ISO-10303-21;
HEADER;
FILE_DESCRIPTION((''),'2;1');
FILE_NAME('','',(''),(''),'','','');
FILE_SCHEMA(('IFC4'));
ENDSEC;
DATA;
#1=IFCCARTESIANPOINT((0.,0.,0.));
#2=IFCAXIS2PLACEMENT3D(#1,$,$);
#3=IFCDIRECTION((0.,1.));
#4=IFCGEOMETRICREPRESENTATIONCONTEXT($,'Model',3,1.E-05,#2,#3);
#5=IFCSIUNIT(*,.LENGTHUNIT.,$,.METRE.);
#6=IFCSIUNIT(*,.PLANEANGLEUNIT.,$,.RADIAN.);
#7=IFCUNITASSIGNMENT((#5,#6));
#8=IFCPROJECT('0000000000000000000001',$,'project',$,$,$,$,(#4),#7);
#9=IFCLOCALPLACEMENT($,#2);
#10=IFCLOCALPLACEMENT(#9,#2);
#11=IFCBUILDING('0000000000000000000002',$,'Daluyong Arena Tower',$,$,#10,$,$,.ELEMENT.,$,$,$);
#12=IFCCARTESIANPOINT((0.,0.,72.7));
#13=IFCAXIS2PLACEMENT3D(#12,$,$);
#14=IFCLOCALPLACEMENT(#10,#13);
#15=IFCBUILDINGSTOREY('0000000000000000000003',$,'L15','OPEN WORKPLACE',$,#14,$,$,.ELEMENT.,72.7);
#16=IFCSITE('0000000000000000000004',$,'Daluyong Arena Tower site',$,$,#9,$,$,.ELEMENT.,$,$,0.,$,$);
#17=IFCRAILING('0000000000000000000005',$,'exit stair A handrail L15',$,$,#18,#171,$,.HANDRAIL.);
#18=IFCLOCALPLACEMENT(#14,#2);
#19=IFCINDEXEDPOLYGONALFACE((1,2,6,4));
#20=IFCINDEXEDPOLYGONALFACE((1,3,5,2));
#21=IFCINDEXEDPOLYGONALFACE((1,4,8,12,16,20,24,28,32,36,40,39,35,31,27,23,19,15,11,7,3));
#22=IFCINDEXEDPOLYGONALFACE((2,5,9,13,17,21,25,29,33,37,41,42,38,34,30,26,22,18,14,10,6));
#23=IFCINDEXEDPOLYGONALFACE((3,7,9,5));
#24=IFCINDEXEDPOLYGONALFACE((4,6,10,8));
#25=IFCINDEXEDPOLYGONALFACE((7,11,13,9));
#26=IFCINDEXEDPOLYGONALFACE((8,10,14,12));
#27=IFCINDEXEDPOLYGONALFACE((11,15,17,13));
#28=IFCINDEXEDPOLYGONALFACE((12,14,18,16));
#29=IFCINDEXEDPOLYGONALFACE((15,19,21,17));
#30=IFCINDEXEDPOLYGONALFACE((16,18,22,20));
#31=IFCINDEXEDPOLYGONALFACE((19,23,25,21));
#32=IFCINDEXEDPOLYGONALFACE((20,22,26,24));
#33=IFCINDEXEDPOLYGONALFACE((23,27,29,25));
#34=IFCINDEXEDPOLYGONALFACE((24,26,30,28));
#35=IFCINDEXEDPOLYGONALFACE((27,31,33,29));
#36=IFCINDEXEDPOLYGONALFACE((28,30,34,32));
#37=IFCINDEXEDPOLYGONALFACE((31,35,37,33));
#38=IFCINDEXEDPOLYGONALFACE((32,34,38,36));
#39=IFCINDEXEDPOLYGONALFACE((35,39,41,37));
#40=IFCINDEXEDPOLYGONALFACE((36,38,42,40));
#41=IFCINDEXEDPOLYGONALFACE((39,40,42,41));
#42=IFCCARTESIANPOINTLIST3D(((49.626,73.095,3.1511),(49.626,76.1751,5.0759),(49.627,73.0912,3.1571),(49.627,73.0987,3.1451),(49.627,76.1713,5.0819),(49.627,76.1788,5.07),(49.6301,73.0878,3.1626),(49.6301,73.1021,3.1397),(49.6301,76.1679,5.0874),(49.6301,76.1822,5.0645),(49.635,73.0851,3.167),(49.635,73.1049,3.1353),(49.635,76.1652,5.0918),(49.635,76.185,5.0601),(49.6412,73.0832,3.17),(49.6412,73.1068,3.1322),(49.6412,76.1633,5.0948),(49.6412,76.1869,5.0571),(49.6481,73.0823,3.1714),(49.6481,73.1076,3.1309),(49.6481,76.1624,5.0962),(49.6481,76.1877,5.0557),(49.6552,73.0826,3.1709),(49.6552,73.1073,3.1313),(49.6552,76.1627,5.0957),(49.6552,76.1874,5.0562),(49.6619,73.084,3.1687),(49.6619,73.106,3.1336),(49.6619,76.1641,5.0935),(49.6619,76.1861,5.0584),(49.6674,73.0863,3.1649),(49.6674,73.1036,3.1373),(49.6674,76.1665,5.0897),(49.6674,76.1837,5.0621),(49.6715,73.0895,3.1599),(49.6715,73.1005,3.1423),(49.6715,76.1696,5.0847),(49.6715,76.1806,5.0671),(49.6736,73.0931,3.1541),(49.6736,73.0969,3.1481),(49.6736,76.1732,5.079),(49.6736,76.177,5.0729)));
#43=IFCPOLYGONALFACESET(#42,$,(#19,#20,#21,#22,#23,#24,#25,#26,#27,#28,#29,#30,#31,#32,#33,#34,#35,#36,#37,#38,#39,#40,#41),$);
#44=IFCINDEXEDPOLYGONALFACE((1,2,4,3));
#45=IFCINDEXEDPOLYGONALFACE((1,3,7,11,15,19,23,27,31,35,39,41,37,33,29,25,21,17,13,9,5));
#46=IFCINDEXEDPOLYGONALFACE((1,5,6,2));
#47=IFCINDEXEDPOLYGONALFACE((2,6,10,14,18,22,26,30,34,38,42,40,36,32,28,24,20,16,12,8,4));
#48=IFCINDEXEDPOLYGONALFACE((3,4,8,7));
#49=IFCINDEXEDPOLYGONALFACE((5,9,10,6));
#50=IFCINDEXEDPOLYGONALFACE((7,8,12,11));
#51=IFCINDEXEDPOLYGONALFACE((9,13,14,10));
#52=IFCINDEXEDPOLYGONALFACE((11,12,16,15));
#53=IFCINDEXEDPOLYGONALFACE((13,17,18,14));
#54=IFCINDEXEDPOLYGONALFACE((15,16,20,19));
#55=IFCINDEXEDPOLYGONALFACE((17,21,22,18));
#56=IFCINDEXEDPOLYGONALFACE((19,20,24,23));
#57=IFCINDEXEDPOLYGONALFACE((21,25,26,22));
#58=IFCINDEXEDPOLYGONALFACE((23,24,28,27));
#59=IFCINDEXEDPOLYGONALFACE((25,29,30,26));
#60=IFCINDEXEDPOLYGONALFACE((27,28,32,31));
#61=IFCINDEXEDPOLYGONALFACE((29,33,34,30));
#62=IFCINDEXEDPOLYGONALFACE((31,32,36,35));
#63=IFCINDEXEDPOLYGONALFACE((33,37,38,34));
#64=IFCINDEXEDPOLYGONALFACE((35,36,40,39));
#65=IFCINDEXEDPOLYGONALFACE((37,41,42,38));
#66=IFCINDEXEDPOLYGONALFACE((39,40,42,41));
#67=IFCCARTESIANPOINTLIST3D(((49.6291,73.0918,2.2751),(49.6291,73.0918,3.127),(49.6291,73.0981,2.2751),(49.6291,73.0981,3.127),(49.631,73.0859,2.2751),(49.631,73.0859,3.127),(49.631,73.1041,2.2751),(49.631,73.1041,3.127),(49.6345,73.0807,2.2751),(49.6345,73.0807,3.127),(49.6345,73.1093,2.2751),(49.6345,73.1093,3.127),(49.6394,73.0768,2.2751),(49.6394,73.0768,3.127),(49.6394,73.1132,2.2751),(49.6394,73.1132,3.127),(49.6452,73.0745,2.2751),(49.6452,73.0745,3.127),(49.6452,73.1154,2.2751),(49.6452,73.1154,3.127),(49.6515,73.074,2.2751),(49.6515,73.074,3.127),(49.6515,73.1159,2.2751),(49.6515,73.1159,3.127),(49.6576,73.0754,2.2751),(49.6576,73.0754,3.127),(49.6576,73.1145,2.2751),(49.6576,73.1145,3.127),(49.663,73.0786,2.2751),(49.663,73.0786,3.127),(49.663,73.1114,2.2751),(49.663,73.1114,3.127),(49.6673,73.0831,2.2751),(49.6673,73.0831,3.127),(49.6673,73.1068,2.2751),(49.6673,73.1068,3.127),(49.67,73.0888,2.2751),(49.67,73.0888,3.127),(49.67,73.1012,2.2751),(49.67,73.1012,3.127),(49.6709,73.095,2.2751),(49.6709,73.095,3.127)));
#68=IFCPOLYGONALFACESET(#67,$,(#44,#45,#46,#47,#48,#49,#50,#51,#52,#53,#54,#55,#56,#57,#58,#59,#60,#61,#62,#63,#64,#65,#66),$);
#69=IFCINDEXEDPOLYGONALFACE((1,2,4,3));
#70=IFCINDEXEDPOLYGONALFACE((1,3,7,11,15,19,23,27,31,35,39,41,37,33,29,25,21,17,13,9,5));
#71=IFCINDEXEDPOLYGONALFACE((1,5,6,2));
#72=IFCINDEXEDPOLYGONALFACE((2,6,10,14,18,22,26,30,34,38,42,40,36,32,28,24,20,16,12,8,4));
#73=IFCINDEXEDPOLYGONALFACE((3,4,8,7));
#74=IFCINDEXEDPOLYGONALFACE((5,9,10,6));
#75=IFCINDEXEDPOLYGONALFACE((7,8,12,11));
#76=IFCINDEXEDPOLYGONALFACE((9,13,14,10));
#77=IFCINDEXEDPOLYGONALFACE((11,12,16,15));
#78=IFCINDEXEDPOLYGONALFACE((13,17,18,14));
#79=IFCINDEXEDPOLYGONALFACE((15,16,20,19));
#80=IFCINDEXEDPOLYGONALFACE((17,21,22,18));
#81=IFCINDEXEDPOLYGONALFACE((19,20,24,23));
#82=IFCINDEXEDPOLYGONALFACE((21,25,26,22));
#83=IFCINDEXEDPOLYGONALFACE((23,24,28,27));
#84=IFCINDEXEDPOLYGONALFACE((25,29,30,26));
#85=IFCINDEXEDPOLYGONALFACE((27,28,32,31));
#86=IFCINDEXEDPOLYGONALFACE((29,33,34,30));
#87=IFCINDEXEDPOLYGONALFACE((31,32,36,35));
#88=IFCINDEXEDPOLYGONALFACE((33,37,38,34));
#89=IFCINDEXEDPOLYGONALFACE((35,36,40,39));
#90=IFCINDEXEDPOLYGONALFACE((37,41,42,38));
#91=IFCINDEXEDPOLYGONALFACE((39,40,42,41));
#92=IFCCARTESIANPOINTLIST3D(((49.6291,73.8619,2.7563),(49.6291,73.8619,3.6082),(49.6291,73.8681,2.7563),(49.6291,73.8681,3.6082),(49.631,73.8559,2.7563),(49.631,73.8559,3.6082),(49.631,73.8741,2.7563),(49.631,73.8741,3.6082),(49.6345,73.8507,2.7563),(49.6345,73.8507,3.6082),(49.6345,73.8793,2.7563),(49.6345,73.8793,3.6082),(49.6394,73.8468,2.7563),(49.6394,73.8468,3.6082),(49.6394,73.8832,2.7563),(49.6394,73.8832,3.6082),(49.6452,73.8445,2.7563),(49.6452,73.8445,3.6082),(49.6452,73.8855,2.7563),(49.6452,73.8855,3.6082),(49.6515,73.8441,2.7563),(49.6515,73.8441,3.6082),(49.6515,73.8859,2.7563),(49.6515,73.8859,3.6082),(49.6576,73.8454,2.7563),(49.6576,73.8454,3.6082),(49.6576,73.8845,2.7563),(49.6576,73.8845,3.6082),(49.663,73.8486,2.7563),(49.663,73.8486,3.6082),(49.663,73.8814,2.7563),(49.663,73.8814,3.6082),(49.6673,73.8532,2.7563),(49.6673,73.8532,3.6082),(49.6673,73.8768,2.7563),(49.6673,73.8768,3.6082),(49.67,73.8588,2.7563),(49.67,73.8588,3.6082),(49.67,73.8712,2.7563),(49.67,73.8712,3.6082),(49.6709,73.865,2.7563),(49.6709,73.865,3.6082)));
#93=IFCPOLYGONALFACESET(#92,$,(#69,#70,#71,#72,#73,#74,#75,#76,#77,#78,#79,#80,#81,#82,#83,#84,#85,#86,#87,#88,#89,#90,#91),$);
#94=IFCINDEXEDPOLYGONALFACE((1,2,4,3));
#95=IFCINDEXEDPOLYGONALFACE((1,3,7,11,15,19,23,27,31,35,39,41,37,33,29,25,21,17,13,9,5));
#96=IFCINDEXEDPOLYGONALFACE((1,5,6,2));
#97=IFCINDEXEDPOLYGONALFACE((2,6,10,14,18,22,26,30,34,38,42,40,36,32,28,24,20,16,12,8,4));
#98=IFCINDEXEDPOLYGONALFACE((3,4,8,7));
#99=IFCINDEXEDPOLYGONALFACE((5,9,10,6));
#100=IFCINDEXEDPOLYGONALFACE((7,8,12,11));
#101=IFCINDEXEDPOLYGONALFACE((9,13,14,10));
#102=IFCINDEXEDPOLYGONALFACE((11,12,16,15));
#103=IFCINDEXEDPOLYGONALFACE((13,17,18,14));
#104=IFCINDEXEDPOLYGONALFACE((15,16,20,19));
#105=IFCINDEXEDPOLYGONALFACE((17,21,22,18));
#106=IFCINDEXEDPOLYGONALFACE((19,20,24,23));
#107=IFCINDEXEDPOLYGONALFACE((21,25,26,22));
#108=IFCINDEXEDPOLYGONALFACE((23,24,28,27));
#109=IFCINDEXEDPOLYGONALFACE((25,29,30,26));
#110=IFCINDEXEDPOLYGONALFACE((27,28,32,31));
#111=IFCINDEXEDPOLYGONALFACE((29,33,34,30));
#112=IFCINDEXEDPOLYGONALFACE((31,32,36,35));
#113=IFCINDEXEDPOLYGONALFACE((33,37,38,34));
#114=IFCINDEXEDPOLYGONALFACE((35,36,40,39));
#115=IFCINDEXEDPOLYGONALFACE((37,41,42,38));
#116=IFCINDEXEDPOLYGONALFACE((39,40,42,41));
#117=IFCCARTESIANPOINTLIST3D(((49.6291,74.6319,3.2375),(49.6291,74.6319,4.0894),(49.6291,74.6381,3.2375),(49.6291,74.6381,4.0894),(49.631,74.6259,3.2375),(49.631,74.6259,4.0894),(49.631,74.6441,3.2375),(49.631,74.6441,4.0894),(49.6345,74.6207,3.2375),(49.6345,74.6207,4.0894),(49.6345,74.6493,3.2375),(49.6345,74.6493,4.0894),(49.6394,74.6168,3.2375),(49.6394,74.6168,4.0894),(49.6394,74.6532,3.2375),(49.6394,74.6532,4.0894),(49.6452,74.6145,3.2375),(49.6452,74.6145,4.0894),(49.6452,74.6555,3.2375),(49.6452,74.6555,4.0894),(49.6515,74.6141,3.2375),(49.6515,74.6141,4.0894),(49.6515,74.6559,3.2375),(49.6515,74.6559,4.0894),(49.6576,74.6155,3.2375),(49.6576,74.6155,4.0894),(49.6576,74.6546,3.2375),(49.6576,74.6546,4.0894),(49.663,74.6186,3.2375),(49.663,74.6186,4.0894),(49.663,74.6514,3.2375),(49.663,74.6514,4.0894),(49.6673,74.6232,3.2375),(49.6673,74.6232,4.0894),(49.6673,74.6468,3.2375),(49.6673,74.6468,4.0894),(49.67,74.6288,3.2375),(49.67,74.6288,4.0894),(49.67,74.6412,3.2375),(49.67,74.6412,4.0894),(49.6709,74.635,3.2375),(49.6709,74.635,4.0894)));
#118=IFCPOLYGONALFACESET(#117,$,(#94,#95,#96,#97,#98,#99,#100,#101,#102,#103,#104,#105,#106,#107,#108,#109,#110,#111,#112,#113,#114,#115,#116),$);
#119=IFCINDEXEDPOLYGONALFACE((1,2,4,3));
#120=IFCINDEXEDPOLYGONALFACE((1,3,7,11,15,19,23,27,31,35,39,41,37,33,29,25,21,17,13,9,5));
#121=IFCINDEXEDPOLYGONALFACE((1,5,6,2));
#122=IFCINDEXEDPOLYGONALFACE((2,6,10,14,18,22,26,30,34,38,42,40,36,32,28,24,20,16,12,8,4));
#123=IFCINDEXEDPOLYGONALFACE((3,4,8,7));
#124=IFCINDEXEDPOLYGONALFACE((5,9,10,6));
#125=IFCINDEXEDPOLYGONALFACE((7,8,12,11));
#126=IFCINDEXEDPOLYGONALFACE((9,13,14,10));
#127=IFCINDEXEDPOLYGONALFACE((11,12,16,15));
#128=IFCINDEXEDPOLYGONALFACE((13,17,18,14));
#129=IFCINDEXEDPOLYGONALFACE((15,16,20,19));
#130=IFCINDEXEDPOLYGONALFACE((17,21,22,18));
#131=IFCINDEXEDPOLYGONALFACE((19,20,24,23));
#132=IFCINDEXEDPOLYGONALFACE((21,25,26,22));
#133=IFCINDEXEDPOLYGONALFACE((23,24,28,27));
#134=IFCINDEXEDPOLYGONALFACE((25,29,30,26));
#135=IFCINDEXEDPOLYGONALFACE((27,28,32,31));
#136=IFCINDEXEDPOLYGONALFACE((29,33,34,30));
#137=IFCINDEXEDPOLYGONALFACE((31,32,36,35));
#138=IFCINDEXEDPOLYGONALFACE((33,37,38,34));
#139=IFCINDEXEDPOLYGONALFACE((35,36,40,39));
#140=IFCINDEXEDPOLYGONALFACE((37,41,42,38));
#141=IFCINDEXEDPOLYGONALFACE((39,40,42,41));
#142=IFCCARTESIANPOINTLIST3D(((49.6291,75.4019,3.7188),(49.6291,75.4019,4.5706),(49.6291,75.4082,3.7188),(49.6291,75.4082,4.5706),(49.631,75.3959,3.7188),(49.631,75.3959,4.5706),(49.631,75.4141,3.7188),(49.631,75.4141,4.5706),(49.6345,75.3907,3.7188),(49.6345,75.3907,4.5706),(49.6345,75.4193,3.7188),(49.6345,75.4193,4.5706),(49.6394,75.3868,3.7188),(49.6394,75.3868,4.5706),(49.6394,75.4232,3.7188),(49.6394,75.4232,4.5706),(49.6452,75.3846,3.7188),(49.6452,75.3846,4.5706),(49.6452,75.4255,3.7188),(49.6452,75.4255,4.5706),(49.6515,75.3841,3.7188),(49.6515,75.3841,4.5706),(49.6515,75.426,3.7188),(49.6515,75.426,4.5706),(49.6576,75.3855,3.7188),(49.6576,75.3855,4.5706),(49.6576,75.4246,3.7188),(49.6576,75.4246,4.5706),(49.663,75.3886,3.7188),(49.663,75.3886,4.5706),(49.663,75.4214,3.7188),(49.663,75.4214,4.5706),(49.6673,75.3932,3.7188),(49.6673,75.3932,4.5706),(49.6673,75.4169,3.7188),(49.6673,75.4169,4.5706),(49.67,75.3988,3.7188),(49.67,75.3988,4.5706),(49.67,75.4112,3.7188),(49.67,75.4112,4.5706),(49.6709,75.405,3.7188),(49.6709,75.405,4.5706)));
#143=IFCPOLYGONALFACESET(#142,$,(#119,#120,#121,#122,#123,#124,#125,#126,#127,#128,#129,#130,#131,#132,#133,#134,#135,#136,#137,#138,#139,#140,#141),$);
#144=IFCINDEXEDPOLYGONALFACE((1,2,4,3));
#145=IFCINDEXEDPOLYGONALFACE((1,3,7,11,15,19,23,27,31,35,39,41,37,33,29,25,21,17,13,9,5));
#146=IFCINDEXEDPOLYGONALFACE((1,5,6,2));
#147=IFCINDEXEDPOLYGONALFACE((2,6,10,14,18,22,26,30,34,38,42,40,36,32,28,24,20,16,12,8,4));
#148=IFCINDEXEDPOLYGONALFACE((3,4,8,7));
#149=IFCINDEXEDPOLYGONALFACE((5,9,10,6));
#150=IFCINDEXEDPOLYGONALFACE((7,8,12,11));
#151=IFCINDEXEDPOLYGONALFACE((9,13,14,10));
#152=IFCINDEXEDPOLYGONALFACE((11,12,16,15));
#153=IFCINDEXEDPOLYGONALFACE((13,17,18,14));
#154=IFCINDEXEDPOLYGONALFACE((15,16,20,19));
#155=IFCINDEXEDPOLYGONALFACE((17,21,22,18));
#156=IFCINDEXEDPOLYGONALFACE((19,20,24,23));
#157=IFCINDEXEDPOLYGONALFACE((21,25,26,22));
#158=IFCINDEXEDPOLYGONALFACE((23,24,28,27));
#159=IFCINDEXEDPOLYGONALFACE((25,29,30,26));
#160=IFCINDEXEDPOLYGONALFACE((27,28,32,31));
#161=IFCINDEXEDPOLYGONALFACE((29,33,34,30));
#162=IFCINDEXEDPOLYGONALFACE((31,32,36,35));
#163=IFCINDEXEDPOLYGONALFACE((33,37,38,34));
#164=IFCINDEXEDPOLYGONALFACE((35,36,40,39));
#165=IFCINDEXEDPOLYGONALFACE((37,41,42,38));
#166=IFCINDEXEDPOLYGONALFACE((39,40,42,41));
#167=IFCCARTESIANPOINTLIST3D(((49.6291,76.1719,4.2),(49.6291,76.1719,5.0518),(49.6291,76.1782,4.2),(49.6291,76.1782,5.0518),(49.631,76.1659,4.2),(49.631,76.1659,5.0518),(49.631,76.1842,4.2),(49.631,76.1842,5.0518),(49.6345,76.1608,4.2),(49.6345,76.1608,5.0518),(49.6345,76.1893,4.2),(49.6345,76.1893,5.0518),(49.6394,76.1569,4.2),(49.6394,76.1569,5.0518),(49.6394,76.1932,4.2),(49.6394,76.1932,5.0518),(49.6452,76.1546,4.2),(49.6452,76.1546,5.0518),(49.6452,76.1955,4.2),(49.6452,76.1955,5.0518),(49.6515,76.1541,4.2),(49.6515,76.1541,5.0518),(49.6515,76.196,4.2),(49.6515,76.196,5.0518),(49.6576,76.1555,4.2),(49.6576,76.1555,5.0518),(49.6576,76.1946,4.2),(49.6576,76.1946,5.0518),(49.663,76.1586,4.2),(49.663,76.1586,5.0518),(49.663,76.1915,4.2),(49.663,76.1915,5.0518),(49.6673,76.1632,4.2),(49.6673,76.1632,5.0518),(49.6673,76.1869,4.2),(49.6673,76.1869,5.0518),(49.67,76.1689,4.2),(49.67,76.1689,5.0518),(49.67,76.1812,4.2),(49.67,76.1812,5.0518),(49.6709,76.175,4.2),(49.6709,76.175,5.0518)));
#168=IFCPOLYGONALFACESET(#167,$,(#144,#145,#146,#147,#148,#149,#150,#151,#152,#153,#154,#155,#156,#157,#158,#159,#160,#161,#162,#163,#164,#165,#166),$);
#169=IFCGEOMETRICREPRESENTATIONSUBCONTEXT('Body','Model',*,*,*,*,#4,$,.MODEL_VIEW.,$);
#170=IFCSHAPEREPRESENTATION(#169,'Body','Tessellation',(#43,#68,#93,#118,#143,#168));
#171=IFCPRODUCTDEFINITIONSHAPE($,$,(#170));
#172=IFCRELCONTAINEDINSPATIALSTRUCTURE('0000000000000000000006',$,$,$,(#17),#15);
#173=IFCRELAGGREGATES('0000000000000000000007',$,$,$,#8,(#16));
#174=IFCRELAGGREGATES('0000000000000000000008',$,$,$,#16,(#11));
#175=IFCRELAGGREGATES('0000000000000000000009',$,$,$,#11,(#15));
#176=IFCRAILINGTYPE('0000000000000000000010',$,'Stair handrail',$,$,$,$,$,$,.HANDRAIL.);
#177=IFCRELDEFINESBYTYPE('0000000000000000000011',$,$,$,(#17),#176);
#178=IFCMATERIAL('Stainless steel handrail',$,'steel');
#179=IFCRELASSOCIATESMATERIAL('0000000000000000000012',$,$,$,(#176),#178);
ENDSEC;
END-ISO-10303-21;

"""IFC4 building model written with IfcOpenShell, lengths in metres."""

from ifc_helpers import new_model, si_unit, direction, frame, origin, origin_2d, place, context, subcontext, project, spatial, circle, extrude, material, type_object, element, save


model = new_model("IFC4")

# Units and contexts
model_context = context("Model", 3, precision=1e-05, world=origin(), true_north=direction((0.0, 1.0)))
body_context = subcontext(model_context, "Body", "Model", "MODEL_VIEW")
ifc_project = project(units=[si_unit("LENGTHUNIT", "METRE"), si_unit("PLANEANGLEUNIT", "RADIAN")], contexts=[model_context])

# Site, building, storey
site_placement = place(None, origin())
site = spatial("IfcSite", under=ifc_project, at=site_placement, Name="Daluyong Arena Tower site", CompositionType="ELEMENT", RefElevation=0.0)
building_placement = place(site_placement, origin())
building = spatial("IfcBuilding", under=site, at=building_placement, Name="Daluyong Arena Tower", CompositionType="ELEMENT")
storey_placement = place(building_placement, frame((0.0, 0.0, 72.7)))
storey = spatial("IfcBuildingStorey", under=building, at=storey_placement, Name="L15", Description="OPEN WORKPLACE", CompositionType="ELEMENT", Elevation=72.7)

# Railing
ifc_material_1 = material(Name="Stainless steel handrail", Category="steel")
railing_type_1 = type_object("IfcRailingType", Name="Stair handrail", PredefinedType="HANDRAIL", material=ifc_material_1)
railing_1_placement = place(storey_placement, frame((49.6499, 73.095, 2.2751)))
element("IfcRailing", 1, at=railing_1_placement, inside=storey, type_object=railing_type_1, Name="exit stair A handrail L15", PredefinedType="HANDRAIL", context=body_context, shape_type="SweptSolid", body=[
    extrude(circle(Radius=0.0239, at=origin_2d()), frame((0.0, 0.0, 0.876), z_axis=(0.0, 0.848029, 0.529951), x_axis=(-1.0, 0.0, 0.0)), (0.0, 0.0, 1.0), 3.6321),
    extrude(circle(Radius=0.021, at=origin_2d()), origin(), (0.0, 0.0, 1.0), 0.8518),
    extrude(circle(Radius=0.021, at=origin_2d()), frame((0.0, 0.77, 0.4812)), (0.0, 0.0, 1.0), 0.8518),
    extrude(circle(Radius=0.021, at=origin_2d()), frame((0.0, 1.54, 0.9624)), (0.0, 0.0, 1.0), 0.8518),
    extrude(circle(Radius=0.021, at=origin_2d()), frame((0.0, 2.3101, 1.4436)), (0.0, 0.0, 1.0), 0.8518),
    extrude(circle(Radius=0.021, at=origin_2d()), frame((0.0, 3.0801, 1.9248)), (0.0, 0.0, 1.0), 0.8518),
])

save(model, "model.ifc")
